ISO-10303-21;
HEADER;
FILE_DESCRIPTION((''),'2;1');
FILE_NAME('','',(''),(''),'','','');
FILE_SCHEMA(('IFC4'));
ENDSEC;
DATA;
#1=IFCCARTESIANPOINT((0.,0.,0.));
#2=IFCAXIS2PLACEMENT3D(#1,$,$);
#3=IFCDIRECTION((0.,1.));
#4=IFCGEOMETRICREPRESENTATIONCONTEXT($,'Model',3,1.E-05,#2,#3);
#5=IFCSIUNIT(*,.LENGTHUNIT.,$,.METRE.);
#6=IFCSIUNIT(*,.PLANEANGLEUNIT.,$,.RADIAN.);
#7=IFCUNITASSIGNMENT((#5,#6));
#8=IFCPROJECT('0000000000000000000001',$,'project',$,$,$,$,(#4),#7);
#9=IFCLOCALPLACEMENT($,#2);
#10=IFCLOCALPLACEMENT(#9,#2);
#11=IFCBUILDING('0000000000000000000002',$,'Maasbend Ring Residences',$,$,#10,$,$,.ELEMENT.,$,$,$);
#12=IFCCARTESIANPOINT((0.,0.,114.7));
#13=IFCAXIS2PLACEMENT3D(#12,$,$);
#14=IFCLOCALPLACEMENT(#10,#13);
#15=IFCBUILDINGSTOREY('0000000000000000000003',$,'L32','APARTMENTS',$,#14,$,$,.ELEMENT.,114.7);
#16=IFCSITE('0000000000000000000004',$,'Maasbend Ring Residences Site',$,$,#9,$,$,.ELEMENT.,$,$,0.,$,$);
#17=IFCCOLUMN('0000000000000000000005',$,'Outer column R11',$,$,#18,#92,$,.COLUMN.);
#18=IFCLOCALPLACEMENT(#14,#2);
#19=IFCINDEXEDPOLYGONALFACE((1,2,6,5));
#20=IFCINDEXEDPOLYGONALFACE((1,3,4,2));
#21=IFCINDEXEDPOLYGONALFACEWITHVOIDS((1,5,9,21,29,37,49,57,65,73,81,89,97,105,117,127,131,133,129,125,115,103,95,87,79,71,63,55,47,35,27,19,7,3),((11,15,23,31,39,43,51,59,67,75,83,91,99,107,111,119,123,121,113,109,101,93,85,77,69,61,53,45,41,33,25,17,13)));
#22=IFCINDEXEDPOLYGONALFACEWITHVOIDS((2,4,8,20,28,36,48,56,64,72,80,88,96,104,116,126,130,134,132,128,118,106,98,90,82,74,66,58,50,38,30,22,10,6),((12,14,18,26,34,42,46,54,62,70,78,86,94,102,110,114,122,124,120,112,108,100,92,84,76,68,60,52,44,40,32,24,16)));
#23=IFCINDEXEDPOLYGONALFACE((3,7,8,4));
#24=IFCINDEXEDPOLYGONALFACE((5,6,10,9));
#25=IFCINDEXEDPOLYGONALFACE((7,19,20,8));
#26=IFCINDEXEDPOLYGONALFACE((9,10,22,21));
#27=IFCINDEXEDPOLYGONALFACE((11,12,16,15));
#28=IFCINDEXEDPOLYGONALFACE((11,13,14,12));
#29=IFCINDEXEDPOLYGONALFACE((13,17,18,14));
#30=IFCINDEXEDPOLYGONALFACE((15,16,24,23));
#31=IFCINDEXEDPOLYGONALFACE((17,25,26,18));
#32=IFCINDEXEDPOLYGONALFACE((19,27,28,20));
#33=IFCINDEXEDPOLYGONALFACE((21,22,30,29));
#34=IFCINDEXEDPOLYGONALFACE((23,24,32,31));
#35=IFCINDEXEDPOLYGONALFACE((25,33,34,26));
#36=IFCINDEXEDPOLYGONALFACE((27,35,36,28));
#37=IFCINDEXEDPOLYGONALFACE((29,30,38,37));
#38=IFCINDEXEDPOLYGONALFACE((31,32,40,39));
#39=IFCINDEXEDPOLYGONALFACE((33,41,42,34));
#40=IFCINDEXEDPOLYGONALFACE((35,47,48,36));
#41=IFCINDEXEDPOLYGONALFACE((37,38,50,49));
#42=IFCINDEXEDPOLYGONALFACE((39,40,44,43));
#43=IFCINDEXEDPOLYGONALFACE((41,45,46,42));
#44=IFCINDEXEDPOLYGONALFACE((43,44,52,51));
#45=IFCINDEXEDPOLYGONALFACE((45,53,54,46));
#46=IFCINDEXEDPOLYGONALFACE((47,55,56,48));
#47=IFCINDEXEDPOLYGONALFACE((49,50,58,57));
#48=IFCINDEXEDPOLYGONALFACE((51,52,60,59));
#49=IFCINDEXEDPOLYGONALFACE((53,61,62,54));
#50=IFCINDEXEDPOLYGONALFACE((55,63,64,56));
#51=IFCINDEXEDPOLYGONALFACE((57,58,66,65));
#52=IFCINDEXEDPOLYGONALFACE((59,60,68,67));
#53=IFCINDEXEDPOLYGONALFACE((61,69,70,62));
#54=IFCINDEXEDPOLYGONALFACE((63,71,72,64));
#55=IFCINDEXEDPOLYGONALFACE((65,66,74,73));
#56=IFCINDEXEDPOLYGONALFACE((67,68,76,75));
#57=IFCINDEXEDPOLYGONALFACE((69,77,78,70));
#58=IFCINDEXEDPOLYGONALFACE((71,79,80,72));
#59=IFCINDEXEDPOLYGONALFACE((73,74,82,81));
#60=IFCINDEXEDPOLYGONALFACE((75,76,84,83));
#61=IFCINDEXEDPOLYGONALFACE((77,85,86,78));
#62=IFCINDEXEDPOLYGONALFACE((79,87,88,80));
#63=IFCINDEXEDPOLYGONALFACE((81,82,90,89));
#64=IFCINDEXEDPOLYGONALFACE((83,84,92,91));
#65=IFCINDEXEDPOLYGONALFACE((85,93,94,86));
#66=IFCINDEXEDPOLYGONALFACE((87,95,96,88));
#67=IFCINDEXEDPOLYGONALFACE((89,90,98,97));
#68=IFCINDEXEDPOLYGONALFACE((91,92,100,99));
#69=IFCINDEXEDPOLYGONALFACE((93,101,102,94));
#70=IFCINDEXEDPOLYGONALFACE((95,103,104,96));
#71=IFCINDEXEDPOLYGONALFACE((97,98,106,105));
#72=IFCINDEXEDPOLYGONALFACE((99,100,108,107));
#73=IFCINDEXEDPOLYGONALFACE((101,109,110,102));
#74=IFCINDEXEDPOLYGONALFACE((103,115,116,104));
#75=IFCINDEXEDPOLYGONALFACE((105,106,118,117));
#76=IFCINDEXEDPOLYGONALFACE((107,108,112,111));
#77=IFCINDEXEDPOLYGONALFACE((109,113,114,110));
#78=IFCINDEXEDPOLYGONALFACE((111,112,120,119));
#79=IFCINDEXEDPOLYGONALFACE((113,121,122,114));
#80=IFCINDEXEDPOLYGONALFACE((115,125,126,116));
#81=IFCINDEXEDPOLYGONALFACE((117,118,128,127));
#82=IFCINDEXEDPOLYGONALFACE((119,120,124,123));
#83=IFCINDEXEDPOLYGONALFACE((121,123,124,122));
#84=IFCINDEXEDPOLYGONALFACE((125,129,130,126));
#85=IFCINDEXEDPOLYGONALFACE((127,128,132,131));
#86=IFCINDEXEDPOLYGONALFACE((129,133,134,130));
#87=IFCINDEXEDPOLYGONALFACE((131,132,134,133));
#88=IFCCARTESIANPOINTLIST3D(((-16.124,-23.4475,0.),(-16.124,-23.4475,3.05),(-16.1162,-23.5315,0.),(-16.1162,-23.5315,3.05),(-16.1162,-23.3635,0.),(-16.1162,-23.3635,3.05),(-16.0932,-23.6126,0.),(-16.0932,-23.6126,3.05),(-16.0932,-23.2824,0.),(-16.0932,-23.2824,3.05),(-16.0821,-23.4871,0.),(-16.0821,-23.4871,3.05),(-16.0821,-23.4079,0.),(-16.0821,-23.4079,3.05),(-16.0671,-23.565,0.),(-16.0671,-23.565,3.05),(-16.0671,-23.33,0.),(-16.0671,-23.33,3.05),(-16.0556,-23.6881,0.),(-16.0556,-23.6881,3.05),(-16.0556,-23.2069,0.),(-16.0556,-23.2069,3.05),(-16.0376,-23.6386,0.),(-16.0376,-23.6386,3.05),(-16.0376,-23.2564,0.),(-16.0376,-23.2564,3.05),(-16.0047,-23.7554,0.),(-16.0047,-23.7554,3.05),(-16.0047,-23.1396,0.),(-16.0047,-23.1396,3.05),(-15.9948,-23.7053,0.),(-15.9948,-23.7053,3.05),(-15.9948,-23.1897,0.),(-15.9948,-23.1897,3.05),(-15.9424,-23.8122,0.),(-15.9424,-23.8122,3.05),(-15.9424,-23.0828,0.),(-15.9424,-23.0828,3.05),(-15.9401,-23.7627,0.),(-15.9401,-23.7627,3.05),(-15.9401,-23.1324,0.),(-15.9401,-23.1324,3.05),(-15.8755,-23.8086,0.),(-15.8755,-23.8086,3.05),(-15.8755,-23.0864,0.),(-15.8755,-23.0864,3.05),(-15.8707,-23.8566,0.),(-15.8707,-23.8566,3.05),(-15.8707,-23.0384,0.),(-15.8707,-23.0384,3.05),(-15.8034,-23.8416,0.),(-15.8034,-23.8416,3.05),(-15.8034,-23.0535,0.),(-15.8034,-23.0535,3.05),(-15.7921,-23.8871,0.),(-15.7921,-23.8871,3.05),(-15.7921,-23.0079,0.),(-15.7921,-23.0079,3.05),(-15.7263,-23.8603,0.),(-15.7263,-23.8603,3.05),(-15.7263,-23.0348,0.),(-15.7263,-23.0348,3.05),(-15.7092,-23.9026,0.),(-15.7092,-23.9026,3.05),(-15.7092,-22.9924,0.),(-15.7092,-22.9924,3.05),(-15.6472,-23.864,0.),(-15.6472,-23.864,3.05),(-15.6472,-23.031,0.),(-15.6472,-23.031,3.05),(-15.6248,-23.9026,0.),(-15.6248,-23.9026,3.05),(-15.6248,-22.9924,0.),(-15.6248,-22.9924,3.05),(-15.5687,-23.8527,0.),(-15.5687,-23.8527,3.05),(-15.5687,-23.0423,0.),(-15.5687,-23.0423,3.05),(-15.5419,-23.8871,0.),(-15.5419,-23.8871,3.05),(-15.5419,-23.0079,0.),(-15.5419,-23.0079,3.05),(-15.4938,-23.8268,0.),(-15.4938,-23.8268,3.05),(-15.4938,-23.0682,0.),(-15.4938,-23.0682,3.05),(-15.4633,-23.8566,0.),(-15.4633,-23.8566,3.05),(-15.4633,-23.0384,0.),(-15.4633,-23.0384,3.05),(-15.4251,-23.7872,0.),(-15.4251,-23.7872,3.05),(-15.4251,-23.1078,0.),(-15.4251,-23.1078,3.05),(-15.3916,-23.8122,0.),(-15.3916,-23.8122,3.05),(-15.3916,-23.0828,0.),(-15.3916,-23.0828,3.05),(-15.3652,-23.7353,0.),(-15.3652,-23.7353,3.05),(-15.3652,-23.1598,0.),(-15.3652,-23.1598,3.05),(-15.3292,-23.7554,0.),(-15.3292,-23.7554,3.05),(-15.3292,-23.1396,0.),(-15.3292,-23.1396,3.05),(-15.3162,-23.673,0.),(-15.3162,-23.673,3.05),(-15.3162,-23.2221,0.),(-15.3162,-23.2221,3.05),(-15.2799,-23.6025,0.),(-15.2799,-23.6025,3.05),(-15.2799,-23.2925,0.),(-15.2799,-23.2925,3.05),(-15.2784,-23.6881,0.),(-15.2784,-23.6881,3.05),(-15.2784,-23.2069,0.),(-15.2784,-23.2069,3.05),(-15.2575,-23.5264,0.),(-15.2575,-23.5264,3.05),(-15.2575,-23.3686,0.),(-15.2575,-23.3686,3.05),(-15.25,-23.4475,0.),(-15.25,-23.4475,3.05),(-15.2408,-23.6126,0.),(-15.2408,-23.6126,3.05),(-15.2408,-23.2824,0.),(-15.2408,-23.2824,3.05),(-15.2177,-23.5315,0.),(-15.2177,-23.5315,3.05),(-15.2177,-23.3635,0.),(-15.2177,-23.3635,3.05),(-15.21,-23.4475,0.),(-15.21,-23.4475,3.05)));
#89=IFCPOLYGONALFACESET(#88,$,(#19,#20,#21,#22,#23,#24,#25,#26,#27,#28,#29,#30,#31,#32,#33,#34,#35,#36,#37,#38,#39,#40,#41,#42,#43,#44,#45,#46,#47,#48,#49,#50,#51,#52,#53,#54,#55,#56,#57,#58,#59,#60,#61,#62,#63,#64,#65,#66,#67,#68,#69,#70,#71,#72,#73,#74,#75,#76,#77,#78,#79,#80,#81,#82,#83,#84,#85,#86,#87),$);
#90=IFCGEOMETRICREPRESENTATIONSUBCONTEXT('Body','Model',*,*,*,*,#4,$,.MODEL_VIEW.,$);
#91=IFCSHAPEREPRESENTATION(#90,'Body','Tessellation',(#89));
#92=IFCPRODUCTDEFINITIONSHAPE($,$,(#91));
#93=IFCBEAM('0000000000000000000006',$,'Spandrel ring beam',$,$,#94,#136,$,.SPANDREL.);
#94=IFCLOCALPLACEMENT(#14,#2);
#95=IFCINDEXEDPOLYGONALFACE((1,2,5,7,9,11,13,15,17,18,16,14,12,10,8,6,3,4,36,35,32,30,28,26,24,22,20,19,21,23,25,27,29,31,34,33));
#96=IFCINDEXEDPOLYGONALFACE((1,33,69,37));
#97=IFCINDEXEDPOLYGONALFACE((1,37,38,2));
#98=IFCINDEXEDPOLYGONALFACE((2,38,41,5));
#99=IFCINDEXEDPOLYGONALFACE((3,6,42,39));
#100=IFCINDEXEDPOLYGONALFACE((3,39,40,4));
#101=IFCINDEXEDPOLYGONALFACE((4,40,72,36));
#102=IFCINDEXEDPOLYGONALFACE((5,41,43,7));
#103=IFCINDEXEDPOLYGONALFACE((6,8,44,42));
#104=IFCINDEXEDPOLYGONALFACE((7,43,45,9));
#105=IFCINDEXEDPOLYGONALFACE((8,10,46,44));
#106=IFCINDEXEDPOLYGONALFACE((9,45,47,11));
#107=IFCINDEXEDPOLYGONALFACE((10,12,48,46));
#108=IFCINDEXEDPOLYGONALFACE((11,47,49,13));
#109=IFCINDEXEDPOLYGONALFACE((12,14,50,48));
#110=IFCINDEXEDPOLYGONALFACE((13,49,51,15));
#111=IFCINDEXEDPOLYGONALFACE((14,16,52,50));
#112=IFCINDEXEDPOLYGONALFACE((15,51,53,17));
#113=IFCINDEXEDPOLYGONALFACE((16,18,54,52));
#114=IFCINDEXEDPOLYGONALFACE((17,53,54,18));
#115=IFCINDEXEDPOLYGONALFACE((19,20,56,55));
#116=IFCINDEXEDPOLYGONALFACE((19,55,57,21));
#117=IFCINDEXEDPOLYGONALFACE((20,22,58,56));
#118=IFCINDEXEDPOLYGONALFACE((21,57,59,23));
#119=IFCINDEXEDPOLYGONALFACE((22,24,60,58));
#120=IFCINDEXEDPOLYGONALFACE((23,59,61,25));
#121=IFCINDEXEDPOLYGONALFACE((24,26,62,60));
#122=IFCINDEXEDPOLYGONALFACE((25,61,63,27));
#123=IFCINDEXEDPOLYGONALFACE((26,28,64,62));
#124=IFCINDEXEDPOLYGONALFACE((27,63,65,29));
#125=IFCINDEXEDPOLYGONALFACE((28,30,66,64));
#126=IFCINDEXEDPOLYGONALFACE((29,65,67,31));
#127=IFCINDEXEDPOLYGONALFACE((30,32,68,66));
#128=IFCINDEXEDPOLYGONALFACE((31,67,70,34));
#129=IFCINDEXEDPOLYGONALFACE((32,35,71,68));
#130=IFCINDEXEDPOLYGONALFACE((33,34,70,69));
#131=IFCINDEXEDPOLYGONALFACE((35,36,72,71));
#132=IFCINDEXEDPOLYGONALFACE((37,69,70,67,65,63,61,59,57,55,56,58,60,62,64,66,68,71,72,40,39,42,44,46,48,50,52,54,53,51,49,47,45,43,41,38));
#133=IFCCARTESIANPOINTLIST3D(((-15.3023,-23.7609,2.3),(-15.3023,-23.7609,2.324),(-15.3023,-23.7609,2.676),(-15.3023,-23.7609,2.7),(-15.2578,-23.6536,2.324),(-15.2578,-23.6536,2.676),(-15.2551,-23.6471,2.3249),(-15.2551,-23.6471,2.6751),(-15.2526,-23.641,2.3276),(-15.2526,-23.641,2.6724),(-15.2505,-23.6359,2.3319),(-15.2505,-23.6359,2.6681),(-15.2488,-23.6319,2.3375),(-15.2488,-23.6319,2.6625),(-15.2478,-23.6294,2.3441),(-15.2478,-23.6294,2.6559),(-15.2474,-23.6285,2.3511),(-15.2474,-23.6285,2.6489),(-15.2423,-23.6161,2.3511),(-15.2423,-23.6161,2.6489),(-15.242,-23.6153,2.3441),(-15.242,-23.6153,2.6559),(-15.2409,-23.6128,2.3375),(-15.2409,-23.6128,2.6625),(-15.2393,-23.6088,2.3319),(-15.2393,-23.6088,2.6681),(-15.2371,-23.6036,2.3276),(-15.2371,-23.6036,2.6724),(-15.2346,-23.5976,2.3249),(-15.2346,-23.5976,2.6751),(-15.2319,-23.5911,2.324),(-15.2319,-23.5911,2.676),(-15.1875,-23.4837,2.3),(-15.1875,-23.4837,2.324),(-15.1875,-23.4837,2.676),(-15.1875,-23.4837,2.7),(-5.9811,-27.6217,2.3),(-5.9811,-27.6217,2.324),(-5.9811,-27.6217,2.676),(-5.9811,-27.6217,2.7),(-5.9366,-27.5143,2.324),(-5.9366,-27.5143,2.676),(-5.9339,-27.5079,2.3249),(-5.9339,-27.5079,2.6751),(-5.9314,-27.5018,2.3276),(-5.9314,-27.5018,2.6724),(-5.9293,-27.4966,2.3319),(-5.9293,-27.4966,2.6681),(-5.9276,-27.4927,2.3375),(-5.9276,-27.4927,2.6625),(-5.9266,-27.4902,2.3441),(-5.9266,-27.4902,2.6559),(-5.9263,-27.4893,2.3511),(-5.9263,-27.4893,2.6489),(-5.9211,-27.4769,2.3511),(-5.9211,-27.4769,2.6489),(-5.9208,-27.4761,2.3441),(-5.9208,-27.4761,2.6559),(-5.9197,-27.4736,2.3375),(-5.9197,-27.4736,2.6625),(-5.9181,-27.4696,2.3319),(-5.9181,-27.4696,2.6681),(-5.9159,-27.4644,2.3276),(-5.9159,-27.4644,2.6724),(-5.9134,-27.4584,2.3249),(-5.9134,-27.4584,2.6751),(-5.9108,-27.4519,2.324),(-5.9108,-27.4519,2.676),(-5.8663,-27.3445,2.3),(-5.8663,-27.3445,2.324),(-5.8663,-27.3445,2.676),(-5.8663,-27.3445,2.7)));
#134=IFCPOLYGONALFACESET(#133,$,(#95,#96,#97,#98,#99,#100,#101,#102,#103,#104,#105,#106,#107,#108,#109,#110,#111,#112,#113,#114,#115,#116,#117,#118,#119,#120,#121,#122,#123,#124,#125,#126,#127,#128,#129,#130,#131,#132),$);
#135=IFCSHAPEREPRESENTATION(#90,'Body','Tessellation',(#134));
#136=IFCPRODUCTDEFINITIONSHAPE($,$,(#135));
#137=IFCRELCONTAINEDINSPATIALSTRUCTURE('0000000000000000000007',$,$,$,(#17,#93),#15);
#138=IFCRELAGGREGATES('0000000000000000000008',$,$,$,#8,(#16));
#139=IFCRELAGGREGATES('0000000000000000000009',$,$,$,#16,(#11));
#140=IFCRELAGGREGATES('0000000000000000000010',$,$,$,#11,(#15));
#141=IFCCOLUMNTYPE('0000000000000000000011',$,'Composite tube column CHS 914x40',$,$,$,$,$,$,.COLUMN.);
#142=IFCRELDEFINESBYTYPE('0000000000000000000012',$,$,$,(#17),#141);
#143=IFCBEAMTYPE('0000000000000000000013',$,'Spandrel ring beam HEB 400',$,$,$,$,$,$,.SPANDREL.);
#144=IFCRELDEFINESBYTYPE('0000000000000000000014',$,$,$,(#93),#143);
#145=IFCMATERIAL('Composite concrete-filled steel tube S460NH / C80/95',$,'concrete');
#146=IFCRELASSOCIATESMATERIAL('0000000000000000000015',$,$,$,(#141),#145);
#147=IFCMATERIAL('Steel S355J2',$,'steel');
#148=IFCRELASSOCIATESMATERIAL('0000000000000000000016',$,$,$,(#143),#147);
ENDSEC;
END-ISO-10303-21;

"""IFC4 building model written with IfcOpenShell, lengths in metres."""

from ifc_helpers import new_model, si_unit, direction, frame, origin, origin_2d, place, context, subcontext, project, spatial, hollow_circle, i_section, extrude, material, material_profile, profile_set, type_object, element, save


model = new_model("IFC4")

# Units and contexts
model_context = context("Model", 3, precision=1e-05, world=origin(), true_north=direction((0.0, 1.0)))
body_context = subcontext(model_context, "Body", "Model", "MODEL_VIEW")
ifc_project = project(units=[si_unit("LENGTHUNIT", "METRE"), si_unit("PLANEANGLEUNIT", "RADIAN")], contexts=[model_context])

# Site, building, storey
site_placement = place(None, origin())
site = spatial("IfcSite", under=ifc_project, at=site_placement, Name="Maasbend Ring Residences Site", CompositionType="ELEMENT", RefElevation=0.0)
building_placement = place(site_placement, origin())
building = spatial("IfcBuilding", under=site, at=building_placement, Name="Maasbend Ring Residences", CompositionType="ELEMENT")
storey_placement = place(building_placement, frame((0.0, 0.0, 114.7)))
storey = spatial("IfcBuildingStorey", under=building, at=storey_placement, Name="L32", Description="APARTMENTS", CompositionType="ELEMENT", Elevation=114.7)

# Column
ifc_material_1 = material(Name="Composite concrete-filled steel tube S460NH / C80/95", Category="concrete")
ifc_material_profile_1 = material_profile(ifc_material_1, hollow_circle(Radius=0.457, WallThickness=0.04, at=origin_2d()), Name="Composite tube column CHS 914x40")
ifc_profile_set_1 = profile_set([ifc_material_profile_1], Name="Composite concrete-filled steel tube S460NH / C80/95")
column_type = type_object("IfcColumnType", Name="Composite tube column CHS 914x40", PredefinedType="COLUMN", material=ifc_profile_set_1)
column_placement = place(storey_placement, frame((-15.667, -23.4475, 0.0), z_axis=(0.0, 0.0, 1.0), x_axis=(1.0, 0.0, 0.0)))
element("IfcColumn", 1, at=column_placement, inside=storey, type_object=column_type, Name="Outer column R11", PredefinedType="COLUMN", context=body_context, shape_type="SweptSolid", body=[
    extrude(hollow_circle(Radius=0.457, WallThickness=0.04, at=origin_2d()), origin(), (0.0, 0.0, 1.0), 3.05),
])

# Beam
ifc_material_2 = material(Name="Steel S355J2", Category="steel")
ifc_material_profile_2 = material_profile(ifc_material_2, i_section(OverallWidth=0.3, OverallDepth=0.3999, WebThickness=0.0134, FlangeThickness=0.0239, FilletRadius=0.0271, at=origin_2d()), Name="HEB 400")
ifc_profile_set_2 = profile_set([ifc_material_profile_2], Name="Steel S355J2")
beam_type = type_object("IfcBeamType", Name="Spandrel ring beam HEB 400", PredefinedType="SPANDREL", material=ifc_profile_set_2)
beam_placement = place(storey_placement, frame((-15.2449, -23.6223, 2.5), z_axis=(0.923885, -0.38267, 0.0), x_axis=(0.38267, 0.923885, 0.0)))
element("IfcBeam", 2, at=beam_placement, inside=storey, type_object=beam_type, Name="Spandrel ring beam", PredefinedType="SPANDREL", context=body_context, shape_type="SweptSolid", body=[
    extrude(i_section(OverallWidth=0.3, OverallDepth=0.3999, WebThickness=0.0134, FlangeThickness=0.0239, FilletRadius=0.0271, at=origin_2d()), origin(), (0.0, 0.0, 1.0), 10.0891),
])

save(model, "model.ifc")
